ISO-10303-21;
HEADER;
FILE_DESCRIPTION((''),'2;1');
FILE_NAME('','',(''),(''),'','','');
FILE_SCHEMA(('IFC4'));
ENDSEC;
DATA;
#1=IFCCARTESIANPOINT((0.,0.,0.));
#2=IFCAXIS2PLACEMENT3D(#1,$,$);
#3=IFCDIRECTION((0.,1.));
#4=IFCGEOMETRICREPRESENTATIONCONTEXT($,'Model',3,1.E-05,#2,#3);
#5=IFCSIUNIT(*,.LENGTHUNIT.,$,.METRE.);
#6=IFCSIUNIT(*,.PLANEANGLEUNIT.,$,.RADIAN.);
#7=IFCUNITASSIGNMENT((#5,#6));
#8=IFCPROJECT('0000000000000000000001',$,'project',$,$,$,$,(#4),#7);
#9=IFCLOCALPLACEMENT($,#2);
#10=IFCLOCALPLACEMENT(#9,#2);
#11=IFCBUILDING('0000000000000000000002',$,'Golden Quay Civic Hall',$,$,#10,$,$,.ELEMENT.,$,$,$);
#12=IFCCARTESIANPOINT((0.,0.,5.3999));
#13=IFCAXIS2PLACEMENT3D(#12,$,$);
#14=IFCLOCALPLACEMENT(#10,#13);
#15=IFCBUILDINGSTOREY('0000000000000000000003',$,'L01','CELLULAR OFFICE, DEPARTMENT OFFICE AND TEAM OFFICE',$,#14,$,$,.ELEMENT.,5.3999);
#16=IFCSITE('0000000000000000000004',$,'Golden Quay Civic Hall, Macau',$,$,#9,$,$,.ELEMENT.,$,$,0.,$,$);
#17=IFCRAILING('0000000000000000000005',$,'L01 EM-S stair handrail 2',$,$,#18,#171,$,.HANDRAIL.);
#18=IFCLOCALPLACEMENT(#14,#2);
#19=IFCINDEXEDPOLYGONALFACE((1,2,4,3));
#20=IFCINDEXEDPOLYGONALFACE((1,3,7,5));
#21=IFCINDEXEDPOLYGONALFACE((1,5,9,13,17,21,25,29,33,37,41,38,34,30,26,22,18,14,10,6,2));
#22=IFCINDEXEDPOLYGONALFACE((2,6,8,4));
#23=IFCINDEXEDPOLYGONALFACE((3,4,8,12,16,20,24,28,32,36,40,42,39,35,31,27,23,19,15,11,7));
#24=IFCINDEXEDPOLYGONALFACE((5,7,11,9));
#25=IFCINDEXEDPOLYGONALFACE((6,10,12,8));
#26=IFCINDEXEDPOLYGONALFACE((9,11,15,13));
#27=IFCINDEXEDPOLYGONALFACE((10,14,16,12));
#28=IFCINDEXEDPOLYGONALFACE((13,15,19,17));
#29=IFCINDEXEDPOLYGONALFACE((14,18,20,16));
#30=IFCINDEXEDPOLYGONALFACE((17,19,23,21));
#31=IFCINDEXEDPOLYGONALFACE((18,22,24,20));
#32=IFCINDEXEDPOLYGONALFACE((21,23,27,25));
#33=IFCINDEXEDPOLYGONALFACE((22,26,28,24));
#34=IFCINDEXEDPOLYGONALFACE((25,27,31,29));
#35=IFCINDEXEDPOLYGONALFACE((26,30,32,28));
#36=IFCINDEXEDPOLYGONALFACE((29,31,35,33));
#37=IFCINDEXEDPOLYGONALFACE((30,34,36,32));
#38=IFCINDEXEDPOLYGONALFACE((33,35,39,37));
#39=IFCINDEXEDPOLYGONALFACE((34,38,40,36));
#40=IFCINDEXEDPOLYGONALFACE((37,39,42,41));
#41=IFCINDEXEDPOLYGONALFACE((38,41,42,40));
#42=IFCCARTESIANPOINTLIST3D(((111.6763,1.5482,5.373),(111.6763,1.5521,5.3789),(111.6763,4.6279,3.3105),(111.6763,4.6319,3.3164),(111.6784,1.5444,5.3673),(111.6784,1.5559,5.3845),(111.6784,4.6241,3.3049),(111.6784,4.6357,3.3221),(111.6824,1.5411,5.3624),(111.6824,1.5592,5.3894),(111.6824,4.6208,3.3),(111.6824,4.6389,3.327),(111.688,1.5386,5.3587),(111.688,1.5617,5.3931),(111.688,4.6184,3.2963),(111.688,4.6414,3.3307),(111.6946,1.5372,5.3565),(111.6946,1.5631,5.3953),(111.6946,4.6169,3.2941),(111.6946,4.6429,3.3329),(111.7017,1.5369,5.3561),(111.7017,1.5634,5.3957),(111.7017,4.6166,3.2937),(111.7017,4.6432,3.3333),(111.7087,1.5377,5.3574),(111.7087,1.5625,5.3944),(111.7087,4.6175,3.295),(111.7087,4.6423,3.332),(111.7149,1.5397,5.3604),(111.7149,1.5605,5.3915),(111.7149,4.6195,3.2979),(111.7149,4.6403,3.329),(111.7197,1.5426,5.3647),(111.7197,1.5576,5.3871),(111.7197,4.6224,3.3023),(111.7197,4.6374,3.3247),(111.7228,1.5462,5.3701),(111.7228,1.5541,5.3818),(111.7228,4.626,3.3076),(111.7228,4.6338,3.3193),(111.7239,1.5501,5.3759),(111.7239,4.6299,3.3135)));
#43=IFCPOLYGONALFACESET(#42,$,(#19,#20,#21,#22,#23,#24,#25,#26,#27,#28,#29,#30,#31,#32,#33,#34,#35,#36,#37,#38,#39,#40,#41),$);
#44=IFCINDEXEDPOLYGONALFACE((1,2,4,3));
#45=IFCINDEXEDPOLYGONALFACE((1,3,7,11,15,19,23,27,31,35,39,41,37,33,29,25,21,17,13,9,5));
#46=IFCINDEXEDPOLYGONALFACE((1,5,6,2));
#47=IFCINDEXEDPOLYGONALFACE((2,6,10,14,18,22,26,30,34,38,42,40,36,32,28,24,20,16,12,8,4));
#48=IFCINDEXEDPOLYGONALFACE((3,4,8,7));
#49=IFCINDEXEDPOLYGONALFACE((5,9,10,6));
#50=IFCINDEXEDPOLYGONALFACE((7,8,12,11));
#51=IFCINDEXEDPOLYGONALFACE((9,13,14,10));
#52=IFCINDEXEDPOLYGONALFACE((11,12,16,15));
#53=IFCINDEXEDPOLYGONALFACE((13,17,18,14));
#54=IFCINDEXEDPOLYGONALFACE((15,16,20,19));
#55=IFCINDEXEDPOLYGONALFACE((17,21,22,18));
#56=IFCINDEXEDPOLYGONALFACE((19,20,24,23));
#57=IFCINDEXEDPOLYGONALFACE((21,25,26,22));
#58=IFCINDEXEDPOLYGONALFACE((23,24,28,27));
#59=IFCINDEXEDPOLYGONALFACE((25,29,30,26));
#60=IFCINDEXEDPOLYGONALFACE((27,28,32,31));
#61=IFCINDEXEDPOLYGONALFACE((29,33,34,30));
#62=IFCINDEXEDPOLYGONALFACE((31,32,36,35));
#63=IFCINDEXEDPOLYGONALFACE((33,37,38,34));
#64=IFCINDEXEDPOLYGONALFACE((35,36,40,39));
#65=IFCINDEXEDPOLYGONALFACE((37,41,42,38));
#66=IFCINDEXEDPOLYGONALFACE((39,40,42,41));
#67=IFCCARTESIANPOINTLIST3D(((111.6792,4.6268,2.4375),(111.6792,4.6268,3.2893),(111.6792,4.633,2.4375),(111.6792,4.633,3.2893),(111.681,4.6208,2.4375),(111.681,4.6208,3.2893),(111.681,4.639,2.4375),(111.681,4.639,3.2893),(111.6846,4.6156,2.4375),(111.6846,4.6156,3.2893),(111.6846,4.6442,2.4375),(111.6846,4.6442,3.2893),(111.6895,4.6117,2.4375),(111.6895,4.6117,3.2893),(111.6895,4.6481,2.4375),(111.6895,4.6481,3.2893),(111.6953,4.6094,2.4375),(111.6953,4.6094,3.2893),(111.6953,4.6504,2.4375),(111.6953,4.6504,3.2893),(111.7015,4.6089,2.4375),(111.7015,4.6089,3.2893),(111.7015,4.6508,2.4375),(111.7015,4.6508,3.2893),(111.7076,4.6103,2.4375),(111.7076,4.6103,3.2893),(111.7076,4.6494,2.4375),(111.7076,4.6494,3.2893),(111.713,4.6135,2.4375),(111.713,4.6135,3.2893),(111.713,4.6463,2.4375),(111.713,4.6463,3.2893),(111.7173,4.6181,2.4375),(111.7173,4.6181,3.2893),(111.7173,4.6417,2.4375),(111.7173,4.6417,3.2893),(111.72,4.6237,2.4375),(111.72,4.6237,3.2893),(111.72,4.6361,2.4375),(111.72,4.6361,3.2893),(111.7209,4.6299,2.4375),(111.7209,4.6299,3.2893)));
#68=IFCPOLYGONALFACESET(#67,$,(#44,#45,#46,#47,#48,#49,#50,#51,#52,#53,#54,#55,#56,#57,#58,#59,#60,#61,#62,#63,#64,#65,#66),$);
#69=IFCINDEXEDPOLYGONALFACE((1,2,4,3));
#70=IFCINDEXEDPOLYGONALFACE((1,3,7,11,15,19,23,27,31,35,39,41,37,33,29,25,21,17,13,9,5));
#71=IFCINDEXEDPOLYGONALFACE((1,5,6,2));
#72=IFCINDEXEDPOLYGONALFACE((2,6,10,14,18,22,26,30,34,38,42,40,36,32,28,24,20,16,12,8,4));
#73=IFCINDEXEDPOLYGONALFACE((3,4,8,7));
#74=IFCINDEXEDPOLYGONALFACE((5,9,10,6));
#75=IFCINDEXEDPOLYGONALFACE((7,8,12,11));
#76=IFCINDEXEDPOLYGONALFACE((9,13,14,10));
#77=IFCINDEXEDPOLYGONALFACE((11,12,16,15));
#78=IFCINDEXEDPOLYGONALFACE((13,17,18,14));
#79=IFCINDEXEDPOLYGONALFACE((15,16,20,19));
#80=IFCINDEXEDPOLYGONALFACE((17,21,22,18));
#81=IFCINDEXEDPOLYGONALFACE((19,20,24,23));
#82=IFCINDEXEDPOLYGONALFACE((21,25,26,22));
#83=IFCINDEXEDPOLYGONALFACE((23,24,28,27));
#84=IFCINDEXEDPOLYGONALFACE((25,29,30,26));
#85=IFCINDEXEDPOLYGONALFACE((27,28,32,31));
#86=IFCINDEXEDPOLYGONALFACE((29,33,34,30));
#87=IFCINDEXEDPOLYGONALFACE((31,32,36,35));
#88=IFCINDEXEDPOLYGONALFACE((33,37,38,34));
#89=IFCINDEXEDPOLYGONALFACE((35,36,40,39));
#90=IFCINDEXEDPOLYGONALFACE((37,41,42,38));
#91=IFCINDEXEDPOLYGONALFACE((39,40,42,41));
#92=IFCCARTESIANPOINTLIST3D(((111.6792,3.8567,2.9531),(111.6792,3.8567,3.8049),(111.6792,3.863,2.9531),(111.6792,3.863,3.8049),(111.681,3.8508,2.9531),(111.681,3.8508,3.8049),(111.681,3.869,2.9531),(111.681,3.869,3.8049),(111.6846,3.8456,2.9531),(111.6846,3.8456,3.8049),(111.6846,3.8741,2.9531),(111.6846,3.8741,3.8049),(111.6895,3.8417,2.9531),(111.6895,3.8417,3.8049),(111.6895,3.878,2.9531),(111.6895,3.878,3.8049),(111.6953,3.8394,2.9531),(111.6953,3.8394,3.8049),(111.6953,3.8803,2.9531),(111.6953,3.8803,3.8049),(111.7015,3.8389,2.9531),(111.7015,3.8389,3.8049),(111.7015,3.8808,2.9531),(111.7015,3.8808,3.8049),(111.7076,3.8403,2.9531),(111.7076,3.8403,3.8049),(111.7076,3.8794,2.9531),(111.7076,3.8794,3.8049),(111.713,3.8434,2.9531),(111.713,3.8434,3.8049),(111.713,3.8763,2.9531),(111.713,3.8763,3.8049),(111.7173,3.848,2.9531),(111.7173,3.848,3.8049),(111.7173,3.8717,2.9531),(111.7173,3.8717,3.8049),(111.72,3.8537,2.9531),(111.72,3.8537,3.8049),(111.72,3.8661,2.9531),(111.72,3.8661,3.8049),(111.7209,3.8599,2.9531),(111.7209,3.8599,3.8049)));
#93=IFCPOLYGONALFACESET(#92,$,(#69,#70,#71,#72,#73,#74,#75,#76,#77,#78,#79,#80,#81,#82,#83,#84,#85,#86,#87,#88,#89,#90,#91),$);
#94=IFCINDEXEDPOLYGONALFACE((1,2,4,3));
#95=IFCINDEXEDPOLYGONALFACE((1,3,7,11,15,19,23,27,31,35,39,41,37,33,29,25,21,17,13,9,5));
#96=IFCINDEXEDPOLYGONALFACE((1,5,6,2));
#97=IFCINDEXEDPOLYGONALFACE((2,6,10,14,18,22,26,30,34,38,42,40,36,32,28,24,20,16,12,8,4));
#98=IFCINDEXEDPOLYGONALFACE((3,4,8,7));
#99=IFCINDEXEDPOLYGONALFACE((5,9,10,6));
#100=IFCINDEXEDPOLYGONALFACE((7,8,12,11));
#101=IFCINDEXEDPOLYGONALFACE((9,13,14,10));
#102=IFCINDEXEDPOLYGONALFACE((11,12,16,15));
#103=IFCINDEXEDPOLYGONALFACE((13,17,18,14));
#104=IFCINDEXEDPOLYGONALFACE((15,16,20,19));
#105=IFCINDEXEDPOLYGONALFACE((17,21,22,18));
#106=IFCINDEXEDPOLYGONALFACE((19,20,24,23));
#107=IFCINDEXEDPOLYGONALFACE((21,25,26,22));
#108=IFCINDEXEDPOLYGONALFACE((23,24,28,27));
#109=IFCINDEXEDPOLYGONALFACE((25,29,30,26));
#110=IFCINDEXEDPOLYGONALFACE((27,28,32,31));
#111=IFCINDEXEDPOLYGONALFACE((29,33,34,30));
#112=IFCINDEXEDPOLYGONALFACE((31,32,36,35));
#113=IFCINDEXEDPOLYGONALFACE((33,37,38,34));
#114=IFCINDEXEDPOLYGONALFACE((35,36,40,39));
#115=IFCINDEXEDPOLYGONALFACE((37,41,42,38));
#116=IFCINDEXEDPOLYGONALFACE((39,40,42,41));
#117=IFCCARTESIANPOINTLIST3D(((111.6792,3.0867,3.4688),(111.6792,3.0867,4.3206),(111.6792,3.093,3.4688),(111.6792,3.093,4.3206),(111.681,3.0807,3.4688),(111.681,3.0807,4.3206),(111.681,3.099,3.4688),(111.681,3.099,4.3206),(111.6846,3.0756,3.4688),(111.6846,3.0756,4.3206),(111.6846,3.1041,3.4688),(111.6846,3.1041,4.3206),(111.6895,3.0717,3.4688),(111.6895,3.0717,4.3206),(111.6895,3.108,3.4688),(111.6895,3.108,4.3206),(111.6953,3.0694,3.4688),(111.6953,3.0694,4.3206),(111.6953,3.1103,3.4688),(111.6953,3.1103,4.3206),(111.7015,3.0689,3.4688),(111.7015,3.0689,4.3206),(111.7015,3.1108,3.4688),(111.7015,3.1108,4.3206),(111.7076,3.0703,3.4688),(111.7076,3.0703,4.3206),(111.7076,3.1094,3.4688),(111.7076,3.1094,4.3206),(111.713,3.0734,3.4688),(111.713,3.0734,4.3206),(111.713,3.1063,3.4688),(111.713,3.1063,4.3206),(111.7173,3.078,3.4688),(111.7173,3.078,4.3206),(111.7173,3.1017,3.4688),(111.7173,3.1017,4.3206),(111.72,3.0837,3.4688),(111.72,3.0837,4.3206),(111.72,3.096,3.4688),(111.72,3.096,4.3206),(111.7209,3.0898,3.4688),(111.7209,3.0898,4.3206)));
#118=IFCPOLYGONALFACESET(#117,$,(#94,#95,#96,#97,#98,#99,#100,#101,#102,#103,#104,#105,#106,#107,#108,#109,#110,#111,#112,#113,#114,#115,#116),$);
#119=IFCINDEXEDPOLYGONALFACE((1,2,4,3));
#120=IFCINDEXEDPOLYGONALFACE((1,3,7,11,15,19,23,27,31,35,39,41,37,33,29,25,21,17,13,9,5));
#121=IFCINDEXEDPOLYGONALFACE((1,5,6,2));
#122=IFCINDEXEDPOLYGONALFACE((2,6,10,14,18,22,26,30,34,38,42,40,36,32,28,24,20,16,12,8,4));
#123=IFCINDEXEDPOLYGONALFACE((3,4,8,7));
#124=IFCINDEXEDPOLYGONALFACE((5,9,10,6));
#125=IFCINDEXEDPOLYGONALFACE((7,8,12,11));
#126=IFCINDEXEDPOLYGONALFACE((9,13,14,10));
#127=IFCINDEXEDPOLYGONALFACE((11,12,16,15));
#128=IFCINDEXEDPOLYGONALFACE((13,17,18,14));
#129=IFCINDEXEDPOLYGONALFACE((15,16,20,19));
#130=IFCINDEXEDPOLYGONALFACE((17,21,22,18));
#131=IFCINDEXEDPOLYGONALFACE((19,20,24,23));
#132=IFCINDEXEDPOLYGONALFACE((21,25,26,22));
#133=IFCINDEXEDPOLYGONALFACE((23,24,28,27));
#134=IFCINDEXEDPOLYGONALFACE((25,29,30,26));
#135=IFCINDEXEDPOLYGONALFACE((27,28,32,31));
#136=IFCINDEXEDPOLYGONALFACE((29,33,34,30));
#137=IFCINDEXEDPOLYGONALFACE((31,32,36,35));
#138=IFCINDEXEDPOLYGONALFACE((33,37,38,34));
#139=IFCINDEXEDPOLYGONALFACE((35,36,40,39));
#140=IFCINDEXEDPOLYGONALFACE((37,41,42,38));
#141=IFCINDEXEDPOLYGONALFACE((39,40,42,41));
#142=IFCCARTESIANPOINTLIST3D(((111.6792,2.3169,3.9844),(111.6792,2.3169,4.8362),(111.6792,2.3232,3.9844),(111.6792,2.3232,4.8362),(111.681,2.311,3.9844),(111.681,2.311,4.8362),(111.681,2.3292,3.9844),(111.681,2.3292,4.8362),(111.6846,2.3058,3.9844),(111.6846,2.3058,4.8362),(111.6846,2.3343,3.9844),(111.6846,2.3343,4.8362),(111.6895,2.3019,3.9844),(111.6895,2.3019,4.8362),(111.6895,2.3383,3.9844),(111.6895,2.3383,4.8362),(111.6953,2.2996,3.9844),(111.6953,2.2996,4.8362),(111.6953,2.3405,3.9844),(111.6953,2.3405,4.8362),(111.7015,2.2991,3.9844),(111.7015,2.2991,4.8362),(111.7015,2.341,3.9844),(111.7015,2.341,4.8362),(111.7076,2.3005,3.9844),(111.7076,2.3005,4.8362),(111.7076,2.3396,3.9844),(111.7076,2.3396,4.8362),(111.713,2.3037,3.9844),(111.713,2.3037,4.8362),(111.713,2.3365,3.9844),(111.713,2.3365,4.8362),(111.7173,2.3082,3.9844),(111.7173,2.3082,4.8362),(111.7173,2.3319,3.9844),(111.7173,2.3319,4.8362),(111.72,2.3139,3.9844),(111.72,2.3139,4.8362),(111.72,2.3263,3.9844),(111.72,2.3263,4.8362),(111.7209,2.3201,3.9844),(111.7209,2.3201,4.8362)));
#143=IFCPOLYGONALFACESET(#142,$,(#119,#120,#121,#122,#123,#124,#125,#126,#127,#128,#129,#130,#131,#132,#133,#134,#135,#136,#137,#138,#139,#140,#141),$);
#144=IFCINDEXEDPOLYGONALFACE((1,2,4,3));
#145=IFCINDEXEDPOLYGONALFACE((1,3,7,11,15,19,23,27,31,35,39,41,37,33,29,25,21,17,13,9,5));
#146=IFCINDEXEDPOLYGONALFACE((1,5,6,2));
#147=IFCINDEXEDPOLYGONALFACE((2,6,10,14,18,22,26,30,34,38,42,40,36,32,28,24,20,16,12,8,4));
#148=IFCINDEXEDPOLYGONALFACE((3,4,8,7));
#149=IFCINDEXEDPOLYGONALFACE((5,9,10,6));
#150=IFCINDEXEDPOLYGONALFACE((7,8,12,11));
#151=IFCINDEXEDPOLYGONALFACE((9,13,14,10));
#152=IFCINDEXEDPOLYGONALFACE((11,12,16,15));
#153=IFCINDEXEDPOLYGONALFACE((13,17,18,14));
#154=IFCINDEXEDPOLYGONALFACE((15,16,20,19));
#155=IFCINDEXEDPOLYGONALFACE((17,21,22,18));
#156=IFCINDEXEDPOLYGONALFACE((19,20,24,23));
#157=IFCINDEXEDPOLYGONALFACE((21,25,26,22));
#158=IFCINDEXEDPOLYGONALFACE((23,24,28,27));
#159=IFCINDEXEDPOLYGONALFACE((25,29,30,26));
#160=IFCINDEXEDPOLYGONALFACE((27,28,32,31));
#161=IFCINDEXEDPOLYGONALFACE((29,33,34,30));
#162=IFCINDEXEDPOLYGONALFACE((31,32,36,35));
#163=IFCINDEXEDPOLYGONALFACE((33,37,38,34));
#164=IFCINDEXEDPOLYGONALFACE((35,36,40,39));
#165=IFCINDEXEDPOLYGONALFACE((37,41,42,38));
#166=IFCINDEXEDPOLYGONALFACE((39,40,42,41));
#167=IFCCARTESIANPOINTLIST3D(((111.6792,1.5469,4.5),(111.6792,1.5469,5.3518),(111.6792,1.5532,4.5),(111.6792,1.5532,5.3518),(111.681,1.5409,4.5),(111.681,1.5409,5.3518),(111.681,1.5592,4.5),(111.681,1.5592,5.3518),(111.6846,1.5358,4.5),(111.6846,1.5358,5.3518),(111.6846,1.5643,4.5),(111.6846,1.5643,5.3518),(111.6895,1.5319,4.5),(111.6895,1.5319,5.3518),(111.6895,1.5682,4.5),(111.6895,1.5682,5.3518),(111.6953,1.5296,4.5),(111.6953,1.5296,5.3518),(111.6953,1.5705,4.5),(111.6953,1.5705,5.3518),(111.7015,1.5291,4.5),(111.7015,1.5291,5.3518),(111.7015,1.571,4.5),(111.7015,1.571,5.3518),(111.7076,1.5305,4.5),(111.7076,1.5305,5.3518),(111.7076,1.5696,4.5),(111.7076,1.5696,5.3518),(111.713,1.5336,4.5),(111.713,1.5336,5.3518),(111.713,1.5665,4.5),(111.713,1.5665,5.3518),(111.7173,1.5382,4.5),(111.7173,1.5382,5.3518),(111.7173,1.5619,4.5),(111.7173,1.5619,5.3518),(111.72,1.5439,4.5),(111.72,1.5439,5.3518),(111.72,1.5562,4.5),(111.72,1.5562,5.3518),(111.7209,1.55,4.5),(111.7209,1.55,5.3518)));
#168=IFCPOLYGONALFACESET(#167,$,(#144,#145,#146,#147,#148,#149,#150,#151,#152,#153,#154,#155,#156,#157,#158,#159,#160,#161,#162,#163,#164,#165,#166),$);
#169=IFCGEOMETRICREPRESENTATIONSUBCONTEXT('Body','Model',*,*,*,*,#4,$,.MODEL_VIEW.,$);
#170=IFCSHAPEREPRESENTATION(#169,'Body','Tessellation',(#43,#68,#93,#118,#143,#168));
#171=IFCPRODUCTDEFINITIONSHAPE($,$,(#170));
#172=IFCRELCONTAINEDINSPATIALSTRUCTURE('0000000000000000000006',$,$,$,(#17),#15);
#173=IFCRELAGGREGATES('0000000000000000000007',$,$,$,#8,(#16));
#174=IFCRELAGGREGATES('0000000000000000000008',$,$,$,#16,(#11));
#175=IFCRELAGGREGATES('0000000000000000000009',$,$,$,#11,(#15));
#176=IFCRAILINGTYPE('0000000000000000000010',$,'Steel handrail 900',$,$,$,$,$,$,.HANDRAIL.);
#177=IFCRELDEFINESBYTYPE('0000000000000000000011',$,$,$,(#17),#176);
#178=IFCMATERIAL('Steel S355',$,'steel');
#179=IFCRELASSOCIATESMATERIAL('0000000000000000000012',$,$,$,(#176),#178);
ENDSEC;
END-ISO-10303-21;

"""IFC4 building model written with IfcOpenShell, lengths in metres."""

from ifc_helpers import new_model, si_unit, direction, frame, origin, origin_2d, place, context, subcontext, project, spatial, circle, extrude, material, type_object, element, save


model = new_model("IFC4")

# Units and contexts
model_context = context("Model", 3, precision=1e-05, world=origin(), true_north=direction((0.0, 1.0)))
body_context = subcontext(model_context, "Body", "Model", "MODEL_VIEW")
ifc_project = project(units=[si_unit("LENGTHUNIT", "METRE"), si_unit("PLANEANGLEUNIT", "RADIAN")], contexts=[model_context])

# Site, building, storey
site_placement = place(None, origin())
site = spatial("IfcSite", under=ifc_project, at=site_placement, Name="Golden Quay Civic Hall, Macau", CompositionType="ELEMENT", RefElevation=0.0)
building_placement = place(site_placement, origin())
building = spatial("IfcBuilding", under=site, at=building_placement, Name="Golden Quay Civic Hall", CompositionType="ELEMENT")
storey_placement = place(building_placement, frame((0.0, 0.0, 5.3999)))
storey = spatial("IfcBuildingStorey", under=building, at=storey_placement, Name="L01", Description="CELLULAR OFFICE, DEPARTMENT OFFICE AND TEAM OFFICE", CompositionType="ELEMENT", Elevation=5.3999)

# Railing
ifc_material_1 = material(Name="Steel S355", Category="steel")
railing_type_1 = type_object("IfcRailingType", Name="Steel handrail 900", PredefinedType="HANDRAIL", material=ifc_material_1)
railing_1_placement = place(storey_placement, frame((111.7, 4.6299, 2.4375)))
element("IfcRailing", 1, at=railing_1_placement, inside=storey, type_object=railing_type_1, Name="L01 EM-S stair handrail 2", PredefinedType="HANDRAIL", context=body_context, shape_type="SweptSolid", body=[
    extrude(circle(Radius=0.0239, at=origin_2d()), frame((0.0, 0.0, 0.876), z_axis=(0.0, -0.830893, 0.556432), x_axis=(1.0, 0.0, 0.0)), (0.0, 0.0, 1.0), 3.7065),
    extrude(circle(Radius=0.021, at=origin_2d()), origin(), (0.0, 0.0, 1.0), 0.8518),
    extrude(circle(Radius=0.021, at=origin_2d()), frame((0.0, -0.77, 0.5156)), (0.0, 0.0, 1.0), 0.8518),
    extrude(circle(Radius=0.021, at=origin_2d()), frame((0.0, -1.54, 1.0312)), (0.0, 0.0, 1.0), 0.8518),
    extrude(circle(Radius=0.021, at=origin_2d()), frame((0.0, -2.3098, 1.5469)), (0.0, 0.0, 1.0), 0.8518),
    extrude(circle(Radius=0.021, at=origin_2d()), frame((0.0, -3.0798, 2.0625)), (0.0, 0.0, 1.0), 0.8518),
])

save(model, "model.ifc")
